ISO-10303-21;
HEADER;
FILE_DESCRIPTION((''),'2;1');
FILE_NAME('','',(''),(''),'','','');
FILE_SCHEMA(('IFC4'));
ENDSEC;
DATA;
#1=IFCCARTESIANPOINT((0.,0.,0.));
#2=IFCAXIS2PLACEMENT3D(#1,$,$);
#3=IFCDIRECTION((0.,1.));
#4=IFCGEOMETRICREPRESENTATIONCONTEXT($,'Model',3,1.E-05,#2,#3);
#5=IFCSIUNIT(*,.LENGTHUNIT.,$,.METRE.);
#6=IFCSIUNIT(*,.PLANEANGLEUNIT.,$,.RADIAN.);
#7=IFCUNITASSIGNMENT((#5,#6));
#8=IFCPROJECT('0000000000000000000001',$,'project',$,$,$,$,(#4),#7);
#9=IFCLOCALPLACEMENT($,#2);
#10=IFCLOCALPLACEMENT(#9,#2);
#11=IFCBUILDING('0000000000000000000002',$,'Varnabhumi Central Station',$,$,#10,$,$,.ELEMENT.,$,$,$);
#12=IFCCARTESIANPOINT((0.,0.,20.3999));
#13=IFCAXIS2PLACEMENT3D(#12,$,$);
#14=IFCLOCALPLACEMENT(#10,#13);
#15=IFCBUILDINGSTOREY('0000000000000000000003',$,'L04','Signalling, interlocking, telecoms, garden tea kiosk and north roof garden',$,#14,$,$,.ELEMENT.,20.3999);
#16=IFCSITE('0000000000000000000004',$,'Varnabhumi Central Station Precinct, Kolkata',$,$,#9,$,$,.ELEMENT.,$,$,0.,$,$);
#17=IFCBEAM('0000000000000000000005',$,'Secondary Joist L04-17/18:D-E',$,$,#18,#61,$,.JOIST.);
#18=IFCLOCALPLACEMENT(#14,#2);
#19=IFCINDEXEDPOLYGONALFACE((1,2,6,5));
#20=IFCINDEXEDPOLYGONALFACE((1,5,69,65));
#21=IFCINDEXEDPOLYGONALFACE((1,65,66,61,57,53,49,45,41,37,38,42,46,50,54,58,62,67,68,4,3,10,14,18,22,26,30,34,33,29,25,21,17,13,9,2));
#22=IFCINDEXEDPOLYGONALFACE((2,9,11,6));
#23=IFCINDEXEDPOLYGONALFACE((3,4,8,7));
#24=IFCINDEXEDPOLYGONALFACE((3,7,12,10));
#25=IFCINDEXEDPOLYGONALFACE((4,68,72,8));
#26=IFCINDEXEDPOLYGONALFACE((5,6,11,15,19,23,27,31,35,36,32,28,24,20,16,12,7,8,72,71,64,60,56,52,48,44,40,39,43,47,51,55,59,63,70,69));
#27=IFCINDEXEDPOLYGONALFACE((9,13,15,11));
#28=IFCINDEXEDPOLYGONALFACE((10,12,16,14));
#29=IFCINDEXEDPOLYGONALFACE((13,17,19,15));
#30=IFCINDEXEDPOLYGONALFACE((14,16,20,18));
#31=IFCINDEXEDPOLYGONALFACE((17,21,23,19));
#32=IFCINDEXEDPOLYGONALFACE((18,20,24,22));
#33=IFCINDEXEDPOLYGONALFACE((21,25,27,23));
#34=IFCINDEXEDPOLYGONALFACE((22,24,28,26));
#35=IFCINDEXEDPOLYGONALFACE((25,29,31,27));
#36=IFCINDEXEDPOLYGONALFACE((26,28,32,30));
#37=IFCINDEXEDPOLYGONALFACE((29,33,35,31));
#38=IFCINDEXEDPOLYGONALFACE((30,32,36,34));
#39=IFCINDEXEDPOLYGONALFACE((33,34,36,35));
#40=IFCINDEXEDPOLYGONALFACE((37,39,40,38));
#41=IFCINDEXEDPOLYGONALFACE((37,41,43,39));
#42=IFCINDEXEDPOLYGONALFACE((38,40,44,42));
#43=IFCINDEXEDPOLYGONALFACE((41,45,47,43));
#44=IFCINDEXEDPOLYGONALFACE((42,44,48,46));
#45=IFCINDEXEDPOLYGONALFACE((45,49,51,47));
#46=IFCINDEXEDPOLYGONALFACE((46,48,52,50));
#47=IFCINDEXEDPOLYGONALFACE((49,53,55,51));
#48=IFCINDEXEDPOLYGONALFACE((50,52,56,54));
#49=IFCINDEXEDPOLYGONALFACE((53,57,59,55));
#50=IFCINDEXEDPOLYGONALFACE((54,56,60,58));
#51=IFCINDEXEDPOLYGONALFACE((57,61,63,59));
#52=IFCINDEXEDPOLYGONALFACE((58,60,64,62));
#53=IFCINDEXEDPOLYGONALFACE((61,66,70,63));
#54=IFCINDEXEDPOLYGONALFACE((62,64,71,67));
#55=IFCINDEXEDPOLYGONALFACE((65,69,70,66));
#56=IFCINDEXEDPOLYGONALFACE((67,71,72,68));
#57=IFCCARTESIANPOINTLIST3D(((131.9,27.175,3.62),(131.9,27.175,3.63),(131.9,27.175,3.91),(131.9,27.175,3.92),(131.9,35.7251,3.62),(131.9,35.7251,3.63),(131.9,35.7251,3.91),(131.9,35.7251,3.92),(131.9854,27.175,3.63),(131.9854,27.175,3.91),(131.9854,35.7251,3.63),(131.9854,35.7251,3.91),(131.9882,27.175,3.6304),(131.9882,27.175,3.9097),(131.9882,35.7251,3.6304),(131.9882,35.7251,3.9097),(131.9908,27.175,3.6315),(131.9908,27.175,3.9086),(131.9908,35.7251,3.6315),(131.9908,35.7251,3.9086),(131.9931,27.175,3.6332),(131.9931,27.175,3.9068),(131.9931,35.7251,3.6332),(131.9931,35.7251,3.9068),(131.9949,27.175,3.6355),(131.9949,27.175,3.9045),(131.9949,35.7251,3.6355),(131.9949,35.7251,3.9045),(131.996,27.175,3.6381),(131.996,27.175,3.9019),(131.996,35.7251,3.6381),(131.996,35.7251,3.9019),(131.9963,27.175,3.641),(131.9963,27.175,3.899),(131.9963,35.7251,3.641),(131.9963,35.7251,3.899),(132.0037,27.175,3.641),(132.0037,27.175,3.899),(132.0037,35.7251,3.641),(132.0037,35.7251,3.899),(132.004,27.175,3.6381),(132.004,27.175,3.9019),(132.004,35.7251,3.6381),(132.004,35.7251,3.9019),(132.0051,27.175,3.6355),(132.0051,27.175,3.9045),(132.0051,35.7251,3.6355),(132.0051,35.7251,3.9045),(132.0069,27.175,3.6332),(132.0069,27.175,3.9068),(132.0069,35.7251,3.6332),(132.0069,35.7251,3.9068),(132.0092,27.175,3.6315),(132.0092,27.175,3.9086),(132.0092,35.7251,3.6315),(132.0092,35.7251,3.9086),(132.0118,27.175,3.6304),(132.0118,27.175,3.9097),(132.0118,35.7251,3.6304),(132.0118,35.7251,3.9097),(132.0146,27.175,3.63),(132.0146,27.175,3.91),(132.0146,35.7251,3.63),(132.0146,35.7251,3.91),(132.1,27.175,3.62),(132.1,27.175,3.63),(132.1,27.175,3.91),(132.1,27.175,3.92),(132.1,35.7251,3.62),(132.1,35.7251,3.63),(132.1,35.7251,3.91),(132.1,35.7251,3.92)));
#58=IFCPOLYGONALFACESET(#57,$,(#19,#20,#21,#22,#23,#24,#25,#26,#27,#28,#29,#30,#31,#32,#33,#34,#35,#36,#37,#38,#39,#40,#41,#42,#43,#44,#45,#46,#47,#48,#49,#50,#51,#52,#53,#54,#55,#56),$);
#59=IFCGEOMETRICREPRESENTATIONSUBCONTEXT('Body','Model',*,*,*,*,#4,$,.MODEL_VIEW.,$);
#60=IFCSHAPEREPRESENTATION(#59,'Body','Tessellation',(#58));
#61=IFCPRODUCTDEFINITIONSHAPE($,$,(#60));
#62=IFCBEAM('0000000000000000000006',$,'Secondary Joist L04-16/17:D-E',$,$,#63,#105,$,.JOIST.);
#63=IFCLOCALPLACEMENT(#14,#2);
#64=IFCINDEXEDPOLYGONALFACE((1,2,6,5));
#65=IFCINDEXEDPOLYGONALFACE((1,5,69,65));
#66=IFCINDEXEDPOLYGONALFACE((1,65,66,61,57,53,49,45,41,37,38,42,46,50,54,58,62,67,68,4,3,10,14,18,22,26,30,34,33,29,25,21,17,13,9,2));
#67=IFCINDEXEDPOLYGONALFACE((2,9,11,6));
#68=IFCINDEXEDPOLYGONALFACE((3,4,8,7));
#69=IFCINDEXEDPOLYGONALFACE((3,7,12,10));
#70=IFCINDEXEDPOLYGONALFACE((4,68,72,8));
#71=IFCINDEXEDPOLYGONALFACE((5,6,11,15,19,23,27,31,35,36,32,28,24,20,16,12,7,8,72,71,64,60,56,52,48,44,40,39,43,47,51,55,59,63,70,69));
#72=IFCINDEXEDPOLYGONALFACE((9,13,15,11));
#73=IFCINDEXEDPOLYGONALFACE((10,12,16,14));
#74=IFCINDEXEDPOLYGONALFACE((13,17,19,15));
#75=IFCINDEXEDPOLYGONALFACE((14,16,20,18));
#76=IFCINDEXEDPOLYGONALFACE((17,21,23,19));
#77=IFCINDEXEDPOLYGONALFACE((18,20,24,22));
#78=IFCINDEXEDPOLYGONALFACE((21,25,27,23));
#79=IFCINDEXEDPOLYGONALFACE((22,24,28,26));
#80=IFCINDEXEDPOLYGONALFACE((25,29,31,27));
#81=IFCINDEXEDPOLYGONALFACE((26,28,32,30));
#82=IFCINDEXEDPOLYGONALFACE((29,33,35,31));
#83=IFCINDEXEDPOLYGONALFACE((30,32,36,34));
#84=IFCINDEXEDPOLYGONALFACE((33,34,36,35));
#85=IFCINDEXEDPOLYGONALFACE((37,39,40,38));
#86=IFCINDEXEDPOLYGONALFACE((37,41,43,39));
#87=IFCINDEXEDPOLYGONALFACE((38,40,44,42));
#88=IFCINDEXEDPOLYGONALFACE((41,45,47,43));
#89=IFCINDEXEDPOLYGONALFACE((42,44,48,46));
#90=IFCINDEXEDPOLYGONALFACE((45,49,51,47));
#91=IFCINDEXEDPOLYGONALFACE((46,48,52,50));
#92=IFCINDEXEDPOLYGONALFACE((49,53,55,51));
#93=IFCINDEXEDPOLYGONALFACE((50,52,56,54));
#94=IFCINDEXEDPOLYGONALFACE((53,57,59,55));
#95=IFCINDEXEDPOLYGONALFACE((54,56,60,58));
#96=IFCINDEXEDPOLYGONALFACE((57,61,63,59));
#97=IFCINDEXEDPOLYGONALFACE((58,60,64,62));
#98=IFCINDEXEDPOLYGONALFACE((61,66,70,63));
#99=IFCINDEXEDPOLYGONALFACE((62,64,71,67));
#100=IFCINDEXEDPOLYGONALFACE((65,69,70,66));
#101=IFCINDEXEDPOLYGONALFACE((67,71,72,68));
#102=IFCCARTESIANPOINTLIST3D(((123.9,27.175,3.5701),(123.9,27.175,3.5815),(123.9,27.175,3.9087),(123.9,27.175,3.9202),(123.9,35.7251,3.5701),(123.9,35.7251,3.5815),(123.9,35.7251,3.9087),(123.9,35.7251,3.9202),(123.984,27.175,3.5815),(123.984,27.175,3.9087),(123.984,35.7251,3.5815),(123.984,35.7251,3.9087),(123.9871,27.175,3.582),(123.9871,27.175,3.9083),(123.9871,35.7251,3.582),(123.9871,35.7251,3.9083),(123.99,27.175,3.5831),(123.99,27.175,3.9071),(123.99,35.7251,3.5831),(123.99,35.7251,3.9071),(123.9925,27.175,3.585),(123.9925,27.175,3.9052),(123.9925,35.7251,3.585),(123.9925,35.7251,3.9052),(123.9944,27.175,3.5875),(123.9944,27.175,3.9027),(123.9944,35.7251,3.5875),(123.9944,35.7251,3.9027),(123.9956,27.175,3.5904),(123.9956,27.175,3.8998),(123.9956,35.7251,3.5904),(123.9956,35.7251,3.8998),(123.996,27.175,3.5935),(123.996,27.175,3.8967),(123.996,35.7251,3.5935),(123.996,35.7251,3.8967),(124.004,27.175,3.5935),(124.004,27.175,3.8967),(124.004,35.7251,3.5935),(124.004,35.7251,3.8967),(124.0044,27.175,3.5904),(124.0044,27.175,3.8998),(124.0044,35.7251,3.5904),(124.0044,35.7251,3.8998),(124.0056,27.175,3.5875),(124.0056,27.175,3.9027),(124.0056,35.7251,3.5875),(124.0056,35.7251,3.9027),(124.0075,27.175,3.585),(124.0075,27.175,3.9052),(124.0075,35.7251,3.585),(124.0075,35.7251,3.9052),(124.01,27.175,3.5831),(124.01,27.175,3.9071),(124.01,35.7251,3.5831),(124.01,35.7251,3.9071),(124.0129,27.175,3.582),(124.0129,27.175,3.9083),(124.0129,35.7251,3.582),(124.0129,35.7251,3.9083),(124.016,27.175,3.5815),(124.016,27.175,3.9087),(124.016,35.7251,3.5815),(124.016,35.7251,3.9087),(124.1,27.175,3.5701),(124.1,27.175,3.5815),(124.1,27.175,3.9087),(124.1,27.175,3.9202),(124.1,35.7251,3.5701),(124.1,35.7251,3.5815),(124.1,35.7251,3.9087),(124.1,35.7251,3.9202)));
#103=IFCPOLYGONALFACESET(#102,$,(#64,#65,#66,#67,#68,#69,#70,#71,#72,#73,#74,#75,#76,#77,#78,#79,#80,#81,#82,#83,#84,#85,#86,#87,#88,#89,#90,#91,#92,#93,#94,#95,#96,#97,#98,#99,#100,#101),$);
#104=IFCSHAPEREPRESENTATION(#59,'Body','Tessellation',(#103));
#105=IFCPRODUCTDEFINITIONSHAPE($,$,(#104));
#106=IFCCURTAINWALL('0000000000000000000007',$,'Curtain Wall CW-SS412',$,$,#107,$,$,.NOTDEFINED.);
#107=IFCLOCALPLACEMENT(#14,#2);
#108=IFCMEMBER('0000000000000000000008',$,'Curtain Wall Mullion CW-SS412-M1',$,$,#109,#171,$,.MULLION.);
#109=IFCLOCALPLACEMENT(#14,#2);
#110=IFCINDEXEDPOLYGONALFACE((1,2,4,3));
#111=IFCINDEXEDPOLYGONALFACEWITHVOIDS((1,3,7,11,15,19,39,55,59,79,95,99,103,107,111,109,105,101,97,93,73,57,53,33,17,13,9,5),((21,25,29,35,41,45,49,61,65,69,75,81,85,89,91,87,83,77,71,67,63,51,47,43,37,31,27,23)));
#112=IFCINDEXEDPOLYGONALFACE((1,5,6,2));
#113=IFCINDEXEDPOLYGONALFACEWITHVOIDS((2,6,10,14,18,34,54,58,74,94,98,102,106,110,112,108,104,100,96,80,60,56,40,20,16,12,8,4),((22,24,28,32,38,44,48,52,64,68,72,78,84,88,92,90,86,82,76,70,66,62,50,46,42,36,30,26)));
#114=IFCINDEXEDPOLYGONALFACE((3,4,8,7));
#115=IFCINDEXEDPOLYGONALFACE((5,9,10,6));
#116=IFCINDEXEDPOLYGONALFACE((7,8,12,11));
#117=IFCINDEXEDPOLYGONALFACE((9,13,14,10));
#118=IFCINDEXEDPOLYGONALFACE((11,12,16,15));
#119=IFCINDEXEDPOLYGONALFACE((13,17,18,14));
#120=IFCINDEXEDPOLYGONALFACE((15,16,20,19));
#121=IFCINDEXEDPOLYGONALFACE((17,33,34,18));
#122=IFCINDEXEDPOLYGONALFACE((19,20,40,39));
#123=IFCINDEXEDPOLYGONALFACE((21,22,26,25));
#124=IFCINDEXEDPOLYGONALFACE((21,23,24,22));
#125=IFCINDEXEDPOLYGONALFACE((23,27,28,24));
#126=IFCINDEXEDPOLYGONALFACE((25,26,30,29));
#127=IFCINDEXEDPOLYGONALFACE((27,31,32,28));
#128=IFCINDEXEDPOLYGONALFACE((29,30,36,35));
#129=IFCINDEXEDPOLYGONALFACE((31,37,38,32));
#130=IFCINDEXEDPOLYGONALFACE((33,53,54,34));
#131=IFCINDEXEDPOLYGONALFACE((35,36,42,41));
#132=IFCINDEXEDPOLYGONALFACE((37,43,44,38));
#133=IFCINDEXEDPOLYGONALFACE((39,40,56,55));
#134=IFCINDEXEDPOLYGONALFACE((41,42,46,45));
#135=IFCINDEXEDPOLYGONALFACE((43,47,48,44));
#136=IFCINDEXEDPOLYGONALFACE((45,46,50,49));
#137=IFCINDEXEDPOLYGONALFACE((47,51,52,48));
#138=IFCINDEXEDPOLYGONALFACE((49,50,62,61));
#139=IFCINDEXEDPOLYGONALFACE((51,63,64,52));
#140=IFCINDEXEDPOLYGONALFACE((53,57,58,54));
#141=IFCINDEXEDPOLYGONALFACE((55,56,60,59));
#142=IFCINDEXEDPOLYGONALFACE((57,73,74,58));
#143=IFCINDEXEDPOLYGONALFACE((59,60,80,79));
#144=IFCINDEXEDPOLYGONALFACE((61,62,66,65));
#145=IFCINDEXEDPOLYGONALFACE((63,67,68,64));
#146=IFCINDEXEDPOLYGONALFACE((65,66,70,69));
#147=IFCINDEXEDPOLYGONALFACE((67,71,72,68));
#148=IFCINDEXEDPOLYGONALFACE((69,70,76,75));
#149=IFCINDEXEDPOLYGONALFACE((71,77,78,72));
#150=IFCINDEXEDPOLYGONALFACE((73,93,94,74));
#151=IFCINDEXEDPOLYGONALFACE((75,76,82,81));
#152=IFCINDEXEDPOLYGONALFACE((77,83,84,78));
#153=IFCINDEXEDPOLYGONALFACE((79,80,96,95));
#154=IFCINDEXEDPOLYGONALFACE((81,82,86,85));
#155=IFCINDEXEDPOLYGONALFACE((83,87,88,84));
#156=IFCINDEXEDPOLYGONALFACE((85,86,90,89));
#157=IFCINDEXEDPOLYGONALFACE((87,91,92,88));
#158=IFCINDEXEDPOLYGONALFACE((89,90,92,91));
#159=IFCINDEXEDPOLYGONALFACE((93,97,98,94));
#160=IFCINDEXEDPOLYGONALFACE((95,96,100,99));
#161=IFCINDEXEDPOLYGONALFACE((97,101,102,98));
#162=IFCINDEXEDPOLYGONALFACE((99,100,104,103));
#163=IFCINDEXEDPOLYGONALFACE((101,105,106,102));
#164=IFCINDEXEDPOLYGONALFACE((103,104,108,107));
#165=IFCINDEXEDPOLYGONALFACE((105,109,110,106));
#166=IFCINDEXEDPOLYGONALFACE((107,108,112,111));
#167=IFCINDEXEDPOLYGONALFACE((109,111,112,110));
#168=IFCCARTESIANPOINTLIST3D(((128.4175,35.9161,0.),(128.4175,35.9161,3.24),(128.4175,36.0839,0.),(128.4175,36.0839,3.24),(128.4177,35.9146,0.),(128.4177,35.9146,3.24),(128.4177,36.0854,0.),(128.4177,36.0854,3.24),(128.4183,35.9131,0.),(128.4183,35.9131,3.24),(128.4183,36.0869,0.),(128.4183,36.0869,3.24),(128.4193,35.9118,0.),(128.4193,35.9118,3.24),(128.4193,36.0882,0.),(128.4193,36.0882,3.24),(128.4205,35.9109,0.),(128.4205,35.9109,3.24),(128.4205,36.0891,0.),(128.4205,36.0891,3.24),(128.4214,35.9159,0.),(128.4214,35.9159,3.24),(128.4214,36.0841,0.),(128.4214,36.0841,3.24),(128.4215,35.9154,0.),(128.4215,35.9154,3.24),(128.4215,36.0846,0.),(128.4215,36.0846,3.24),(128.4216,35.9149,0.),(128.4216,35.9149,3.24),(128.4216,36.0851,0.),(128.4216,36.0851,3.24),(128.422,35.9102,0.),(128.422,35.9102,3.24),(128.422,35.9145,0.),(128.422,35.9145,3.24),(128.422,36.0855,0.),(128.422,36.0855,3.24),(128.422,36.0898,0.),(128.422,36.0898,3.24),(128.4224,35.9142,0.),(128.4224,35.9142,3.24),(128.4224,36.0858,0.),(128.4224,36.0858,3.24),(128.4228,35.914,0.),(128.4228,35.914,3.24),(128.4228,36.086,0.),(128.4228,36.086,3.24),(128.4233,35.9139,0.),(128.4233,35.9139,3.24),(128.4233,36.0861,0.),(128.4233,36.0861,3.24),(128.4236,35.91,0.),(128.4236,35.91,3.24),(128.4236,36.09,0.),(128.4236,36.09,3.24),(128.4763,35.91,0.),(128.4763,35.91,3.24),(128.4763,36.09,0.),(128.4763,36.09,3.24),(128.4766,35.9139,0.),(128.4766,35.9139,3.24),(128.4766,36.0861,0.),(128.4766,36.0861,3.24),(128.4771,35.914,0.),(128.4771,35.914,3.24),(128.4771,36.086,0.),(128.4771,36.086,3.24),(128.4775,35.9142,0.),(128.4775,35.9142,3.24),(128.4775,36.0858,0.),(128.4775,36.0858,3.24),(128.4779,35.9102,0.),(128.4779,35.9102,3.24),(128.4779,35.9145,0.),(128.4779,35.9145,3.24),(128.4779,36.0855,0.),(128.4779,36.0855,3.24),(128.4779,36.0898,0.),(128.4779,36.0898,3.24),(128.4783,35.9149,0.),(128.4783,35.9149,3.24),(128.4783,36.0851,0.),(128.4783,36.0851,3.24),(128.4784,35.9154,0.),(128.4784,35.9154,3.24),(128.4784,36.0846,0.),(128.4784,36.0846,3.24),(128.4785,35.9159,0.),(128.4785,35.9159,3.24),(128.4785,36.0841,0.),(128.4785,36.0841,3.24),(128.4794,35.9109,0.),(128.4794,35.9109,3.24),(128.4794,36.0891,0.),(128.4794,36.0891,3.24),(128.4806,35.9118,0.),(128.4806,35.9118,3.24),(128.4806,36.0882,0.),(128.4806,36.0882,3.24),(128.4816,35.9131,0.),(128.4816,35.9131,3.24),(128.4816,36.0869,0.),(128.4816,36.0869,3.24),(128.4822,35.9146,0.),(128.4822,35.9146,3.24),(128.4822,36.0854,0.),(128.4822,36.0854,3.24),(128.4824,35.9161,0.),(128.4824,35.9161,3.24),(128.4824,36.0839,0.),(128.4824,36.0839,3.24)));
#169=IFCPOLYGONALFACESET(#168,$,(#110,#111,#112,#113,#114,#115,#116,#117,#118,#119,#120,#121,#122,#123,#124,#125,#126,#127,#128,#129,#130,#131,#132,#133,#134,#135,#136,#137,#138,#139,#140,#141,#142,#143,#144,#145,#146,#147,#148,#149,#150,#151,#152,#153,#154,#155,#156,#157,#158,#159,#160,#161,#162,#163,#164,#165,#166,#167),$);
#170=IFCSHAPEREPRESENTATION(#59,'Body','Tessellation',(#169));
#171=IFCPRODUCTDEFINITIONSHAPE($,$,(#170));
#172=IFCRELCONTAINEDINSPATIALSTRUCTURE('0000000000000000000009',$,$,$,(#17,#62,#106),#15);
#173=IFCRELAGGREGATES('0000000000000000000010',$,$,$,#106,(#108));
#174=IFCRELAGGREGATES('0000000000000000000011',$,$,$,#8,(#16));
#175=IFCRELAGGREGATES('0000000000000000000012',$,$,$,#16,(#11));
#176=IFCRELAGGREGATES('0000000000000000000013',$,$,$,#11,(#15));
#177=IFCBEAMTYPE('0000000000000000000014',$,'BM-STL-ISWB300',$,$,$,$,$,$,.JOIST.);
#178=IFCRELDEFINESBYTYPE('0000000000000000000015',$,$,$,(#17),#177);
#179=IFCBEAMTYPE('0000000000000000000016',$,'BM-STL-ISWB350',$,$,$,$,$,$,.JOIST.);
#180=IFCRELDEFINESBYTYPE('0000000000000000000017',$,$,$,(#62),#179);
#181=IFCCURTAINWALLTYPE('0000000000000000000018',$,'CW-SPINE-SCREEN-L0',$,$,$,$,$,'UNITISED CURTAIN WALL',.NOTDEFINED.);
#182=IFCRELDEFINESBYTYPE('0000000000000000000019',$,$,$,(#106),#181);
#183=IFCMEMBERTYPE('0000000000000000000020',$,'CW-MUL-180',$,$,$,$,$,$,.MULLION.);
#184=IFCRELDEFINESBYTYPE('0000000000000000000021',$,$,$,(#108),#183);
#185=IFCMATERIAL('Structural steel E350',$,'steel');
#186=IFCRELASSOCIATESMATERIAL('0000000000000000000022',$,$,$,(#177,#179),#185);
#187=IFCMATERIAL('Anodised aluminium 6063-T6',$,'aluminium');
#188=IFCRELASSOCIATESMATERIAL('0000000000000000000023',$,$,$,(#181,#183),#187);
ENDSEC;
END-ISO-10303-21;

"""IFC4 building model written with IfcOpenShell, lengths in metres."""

from ifc_helpers import new_model, si_unit, direction, frame, origin, origin_2d, place, context, subcontext, project, spatial, hollow_rectangle, i_section, extrude, material, material_profile, profile_set, type_object, element, aggregate, save


model = new_model("IFC4")

# Units and contexts
model_context = context("Model", 3, precision=1e-05, world=origin(), true_north=direction((0.0, 1.0)))
body_context = subcontext(model_context, "Body", "Model", "MODEL_VIEW")
ifc_project = project(units=[si_unit("LENGTHUNIT", "METRE"), si_unit("PLANEANGLEUNIT", "RADIAN")], contexts=[model_context])

# Site, building, storey
site_placement = place(None, origin())
site = spatial("IfcSite", under=ifc_project, at=site_placement, Name="Varnabhumi Central Station Precinct, Kolkata", CompositionType="ELEMENT", RefElevation=0.0)
building_placement = place(site_placement, origin())
building = spatial("IfcBuilding", under=site, at=building_placement, Name="Varnabhumi Central Station", CompositionType="ELEMENT")
storey_placement = place(building_placement, frame((0.0, 0.0, 20.3999)))
storey = spatial("IfcBuildingStorey", under=building, at=storey_placement, Name="L04", Description="Signalling, interlocking, telecoms, garden tea kiosk and north roof garden", CompositionType="ELEMENT", Elevation=20.3999)

# Beams
ifc_material_1 = material(Name="Structural steel E350", Category="steel")
ifc_material_profile_1 = material_profile(ifc_material_1, i_section(OverallWidth=0.2, OverallDepth=0.3, WebThickness=0.0073, FlangeThickness=0.01, FilletRadius=0.011, at=origin_2d()), Name="Structural steel E350", Category="steel")
ifc_profile_set_1 = profile_set([ifc_material_profile_1], Name="Structural steel E350")
beam_type_1 = type_object("IfcBeamType", Name="BM-STL-ISWB300", PredefinedType="JOIST", material=ifc_profile_set_1)
beam_1_placement = place(storey_placement, frame((132.0, 27.175, 3.77), z_axis=(0.0, 1.0, 0.0), x_axis=(-1.0, 0.0, 0.0)))
element("IfcBeam", 1, at=beam_1_placement, inside=storey, type_object=beam_type_1, Name="Secondary Joist L04-17/18:D-E", PredefinedType="JOIST", context=body_context, shape_type="SweptSolid", body=[
    extrude(i_section(OverallWidth=0.2, OverallDepth=0.3, WebThickness=0.0073, FlangeThickness=0.01, FilletRadius=0.011, at=origin_2d()), origin(), (0.0, 0.0, 1.0), 8.55),
])
ifc_material_profile_2 = material_profile(ifc_material_1, i_section(OverallWidth=0.2, OverallDepth=0.3501, WebThickness=0.0081, FlangeThickness=0.0115, FilletRadius=0.012, at=origin_2d()), Name="Structural steel E350", Category="steel")
ifc_profile_set_2 = profile_set([ifc_material_profile_2], Name="Structural steel E350")
beam_type_2 = type_object("IfcBeamType", Name="BM-STL-ISWB350", PredefinedType="JOIST", material=ifc_profile_set_2)
beam_2_placement = place(storey_placement, frame((124.0, 27.175, 3.7451), z_axis=(0.0, 1.0, 0.0), x_axis=(-1.0, 0.0, 0.0)))
element("IfcBeam", 2, at=beam_2_placement, inside=storey, type_object=beam_type_2, Name="Secondary Joist L04-16/17:D-E", PredefinedType="JOIST", context=body_context, shape_type="SweptSolid", body=[
    extrude(i_section(OverallWidth=0.2, OverallDepth=0.3501, WebThickness=0.0081, FlangeThickness=0.0115, FilletRadius=0.012, at=origin_2d()), origin(), (0.0, 0.0, 1.0), 8.55),
])

# Curtain wall, member
ifc_material_2 = material(Name="Anodised aluminium 6063-T6", Category="aluminium")
curtain_wall_type_1 = type_object("IfcCurtainWallType", Name="CW-SPINE-SCREEN-L0", ElementType="UNITISED CURTAIN WALL", PredefinedType="NOTDEFINED", material=ifc_material_2)
curtain_wall_1_placement = place(storey_placement, origin())
curtain_wall_1 = element("IfcCurtainWall", 3, at=curtain_wall_1_placement, inside=storey, type_object=curtain_wall_type_1, Name="Curtain Wall CW-SS412", PredefinedType="NOTDEFINED")
ifc_material_profile_3 = material_profile(ifc_material_2, hollow_rectangle(XDim=0.0649, YDim=0.1799, WallThickness=0.0039, InnerFilletRadius=0.002, OuterFilletRadius=0.0061, at=origin_2d()), Name="Anodised aluminium 6063-T6", Category="aluminium")
ifc_profile_set_3 = profile_set([ifc_material_profile_3], Name="Anodised aluminium 6063-T6")
member_type_1 = type_object("IfcMemberType", Name="CW-MUL-180", PredefinedType="MULLION", material=ifc_profile_set_3)
member_1_placement = place(storey_placement, frame((128.45, 36.0, 0.0), z_axis=(0.0, 0.0, 1.0), x_axis=(1.0, 0.0, 0.0)))
member_1 = element("IfcMember", 4, at=member_1_placement, type_object=member_type_1, Name="Curtain Wall Mullion CW-SS412-M1", PredefinedType="MULLION", context=body_context, shape_type="SweptSolid", body=[
    extrude(hollow_rectangle(XDim=0.0649, YDim=0.1799, WallThickness=0.0039, InnerFilletRadius=0.002, OuterFilletRadius=0.0061, at=origin_2d()), origin(), (0.0, 0.0, 1.0), 3.24),
])

aggregate(curtain_wall_1, [member_1])

save(model, "model.ifc")
